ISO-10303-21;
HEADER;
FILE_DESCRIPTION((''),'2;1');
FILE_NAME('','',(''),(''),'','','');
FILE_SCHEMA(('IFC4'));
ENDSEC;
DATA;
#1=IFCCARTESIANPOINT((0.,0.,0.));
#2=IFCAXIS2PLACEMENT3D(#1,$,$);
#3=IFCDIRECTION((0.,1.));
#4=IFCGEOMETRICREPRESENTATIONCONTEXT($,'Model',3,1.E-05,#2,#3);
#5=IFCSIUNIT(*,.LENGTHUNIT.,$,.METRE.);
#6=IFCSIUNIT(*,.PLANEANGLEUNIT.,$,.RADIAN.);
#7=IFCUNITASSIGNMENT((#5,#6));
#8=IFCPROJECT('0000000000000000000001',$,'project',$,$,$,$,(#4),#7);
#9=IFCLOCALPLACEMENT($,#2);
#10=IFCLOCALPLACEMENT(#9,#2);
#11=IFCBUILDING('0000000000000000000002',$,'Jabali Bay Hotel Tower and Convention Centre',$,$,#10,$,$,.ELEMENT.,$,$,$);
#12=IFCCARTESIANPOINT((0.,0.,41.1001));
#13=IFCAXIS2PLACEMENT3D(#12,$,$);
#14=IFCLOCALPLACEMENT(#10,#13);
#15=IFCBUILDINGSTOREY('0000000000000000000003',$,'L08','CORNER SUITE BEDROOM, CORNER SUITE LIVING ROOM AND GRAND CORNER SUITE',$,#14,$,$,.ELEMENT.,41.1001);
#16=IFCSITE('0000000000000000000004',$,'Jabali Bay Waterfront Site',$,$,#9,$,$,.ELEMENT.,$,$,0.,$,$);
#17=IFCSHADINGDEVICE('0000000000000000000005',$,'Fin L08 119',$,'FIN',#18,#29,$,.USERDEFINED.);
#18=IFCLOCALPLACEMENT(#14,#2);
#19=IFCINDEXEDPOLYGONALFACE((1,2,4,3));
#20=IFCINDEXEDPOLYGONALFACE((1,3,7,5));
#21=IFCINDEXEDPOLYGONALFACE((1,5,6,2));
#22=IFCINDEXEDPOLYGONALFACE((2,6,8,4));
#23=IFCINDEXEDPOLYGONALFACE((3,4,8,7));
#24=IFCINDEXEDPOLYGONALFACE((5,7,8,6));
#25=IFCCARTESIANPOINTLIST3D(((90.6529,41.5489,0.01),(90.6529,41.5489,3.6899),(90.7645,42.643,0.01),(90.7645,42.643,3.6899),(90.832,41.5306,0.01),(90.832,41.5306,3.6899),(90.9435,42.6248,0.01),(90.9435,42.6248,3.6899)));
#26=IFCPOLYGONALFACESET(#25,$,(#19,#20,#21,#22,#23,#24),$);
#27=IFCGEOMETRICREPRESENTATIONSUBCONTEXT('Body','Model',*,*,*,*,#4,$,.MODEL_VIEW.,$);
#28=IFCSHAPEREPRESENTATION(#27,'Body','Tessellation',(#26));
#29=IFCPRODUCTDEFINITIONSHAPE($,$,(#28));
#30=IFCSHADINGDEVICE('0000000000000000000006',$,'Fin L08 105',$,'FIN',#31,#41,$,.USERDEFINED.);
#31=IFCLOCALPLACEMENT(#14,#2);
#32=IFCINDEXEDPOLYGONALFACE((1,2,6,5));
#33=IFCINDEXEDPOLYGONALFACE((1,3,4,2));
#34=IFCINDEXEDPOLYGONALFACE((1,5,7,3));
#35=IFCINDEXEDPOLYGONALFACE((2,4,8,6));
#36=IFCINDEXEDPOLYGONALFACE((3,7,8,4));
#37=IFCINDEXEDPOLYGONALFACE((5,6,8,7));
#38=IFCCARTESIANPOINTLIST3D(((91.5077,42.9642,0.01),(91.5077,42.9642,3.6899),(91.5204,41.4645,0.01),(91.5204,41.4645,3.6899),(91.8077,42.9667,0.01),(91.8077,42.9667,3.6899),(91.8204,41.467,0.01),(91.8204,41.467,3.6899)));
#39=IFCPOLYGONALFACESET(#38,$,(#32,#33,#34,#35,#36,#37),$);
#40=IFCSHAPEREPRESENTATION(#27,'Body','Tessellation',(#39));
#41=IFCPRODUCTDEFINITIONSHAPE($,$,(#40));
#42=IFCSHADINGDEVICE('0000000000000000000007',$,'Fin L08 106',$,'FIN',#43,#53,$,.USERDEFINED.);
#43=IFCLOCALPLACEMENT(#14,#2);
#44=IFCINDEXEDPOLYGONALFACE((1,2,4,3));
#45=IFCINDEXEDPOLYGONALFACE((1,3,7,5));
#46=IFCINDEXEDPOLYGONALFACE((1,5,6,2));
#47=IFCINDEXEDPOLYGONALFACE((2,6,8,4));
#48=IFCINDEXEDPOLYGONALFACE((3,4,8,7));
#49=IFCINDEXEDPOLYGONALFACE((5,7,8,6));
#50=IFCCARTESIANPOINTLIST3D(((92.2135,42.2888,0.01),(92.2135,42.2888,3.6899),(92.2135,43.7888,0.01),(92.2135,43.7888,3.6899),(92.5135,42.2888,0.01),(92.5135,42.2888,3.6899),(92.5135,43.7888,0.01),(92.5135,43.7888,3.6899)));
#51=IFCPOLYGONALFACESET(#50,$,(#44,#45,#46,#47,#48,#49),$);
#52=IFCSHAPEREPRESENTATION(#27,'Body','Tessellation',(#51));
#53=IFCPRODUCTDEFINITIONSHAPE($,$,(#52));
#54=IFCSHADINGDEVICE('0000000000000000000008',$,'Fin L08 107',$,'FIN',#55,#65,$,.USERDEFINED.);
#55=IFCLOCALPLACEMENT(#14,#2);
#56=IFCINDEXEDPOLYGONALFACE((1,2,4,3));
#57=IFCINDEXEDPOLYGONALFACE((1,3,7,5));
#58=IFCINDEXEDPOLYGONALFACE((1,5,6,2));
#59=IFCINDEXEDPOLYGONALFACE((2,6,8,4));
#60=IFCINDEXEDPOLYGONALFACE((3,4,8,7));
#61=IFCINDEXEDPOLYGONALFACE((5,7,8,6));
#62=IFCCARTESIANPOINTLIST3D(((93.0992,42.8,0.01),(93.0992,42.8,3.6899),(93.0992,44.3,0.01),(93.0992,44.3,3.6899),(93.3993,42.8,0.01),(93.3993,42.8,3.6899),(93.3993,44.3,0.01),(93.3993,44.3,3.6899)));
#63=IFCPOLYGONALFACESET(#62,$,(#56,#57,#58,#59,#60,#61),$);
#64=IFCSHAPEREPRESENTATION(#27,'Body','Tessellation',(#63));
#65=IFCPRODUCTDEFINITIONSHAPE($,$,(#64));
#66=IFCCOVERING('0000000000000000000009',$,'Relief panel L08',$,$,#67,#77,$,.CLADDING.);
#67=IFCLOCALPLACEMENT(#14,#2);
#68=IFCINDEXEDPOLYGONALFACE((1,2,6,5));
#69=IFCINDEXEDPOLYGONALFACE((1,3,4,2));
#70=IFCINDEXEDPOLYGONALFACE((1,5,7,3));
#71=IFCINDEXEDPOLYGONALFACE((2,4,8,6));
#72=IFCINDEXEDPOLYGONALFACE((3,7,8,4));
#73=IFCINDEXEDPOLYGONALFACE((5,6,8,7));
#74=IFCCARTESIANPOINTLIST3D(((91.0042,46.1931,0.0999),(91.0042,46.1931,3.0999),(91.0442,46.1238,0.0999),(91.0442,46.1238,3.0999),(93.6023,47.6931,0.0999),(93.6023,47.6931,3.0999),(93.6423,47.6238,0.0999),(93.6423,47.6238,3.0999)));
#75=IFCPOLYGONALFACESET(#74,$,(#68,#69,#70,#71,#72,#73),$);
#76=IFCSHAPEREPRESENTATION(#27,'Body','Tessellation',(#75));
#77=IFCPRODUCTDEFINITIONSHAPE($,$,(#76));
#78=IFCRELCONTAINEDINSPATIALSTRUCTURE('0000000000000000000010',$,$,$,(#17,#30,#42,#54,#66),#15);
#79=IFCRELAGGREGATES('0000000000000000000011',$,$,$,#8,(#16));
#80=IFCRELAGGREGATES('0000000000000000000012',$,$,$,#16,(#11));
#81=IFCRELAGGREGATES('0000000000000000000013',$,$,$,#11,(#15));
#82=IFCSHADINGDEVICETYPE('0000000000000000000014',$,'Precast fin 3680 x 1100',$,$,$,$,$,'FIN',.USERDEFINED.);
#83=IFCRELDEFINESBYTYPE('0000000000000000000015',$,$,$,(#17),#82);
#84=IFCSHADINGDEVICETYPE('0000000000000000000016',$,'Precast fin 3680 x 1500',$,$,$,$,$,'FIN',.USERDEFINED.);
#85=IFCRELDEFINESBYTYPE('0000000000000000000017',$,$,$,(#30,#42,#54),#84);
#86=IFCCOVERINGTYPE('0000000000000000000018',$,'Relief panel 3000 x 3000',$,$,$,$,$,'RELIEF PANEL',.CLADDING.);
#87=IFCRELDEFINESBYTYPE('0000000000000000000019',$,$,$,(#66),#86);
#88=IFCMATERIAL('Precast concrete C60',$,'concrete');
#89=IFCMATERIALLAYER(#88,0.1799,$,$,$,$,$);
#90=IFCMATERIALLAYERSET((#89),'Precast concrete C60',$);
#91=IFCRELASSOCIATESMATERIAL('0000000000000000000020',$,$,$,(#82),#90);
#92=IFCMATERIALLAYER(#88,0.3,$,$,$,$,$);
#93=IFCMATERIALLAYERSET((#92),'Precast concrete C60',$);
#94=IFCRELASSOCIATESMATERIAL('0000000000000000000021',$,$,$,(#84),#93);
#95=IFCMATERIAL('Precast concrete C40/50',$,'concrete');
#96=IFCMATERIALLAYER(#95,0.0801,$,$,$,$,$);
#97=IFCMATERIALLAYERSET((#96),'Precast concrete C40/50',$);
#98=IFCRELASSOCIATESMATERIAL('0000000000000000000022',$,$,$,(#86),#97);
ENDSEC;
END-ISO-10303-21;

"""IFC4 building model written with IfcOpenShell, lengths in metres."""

from ifc_helpers import new_model, si_unit, direction, frame, frame_2d, origin, origin_2d, place, context, subcontext, project, spatial, rectangle, extrude, material, layer, layer_set, type_object, element, save


model = new_model("IFC4")

# Units and contexts
model_context = context("Model", 3, precision=1e-05, world=origin(), true_north=direction((0.0, 1.0)))
body_context = subcontext(model_context, "Body", "Model", "MODEL_VIEW")
ifc_project = project(units=[si_unit("LENGTHUNIT", "METRE"), si_unit("PLANEANGLEUNIT", "RADIAN")], contexts=[model_context])

# Site, building, storey
site_placement = place(None, origin())
site = spatial("IfcSite", under=ifc_project, at=site_placement, Name="Jabali Bay Waterfront Site", CompositionType="ELEMENT", RefElevation=0.0)
building_placement = place(site_placement, origin())
building = spatial("IfcBuilding", under=site, at=building_placement, Name="Jabali Bay Hotel Tower and Convention Centre", CompositionType="ELEMENT")
storey_placement = place(building_placement, frame((0.0, 0.0, 41.1001)))
storey = spatial("IfcBuildingStorey", under=building, at=storey_placement, Name="L08", Description="CORNER SUITE BEDROOM, CORNER SUITE LIVING ROOM AND GRAND CORNER SUITE", CompositionType="ELEMENT", Elevation=41.1001)

# Shading devices
ifc_material_1 = material(Name="Precast concrete C60", Category="concrete")
ifc_layer_1 = layer(ifc_material_1, 0.1799)
ifc_layer_set_1 = layer_set([ifc_layer_1], Name="Precast concrete C60")
shading_device_type_1 = type_object("IfcShadingDeviceType", Name="Precast fin 3680 x 1100", ElementType="FIN", PredefinedType="USERDEFINED", material=ifc_layer_set_1)
shading_device_1_placement = place(storey_placement, frame((90.854, 42.6338, 0.01), z_axis=(0.0, 0.0, 1.0), x_axis=(-0.101437, -0.994842, 0.0)))
element("IfcShadingDevice", 1, at=shading_device_1_placement, inside=storey, type_object=shading_device_type_1, Name="Fin L08 119", ObjectType="FIN", PredefinedType="USERDEFINED", context=body_context, shape_type="SweptSolid", body=[
    extrude(rectangle(XDim=1.0999, YDim=0.1799, at=frame_2d((0.5498, 0.0))), origin(), (0.0, 0.0, 1.0), 3.6799),
])
ifc_layer_2 = layer(ifc_material_1, 0.3)
ifc_layer_set_2 = layer_set([ifc_layer_2], Name="Precast concrete C60")
shading_device_type_2 = type_object("IfcShadingDeviceType", Name="Precast fin 3680 x 1500", ElementType="FIN", PredefinedType="USERDEFINED", material=ifc_layer_set_2)
shading_device_2_placement = place(storey_placement, frame((91.6577, 42.9656, 0.01), z_axis=(0.0, 0.0, 1.0), x_axis=(0.008465, -0.999964, 0.0)))
element("IfcShadingDevice", 2, at=shading_device_2_placement, inside=storey, type_object=shading_device_type_2, Name="Fin L08 105", ObjectType="FIN", PredefinedType="USERDEFINED", context=body_context, shape_type="SweptSolid", body=[
    extrude(rectangle(XDim=1.4998, YDim=0.3, at=frame_2d((0.75, 0.0))), origin(), (0.0, 0.0, 1.0), 3.6799),
])
for number, where, z_axis, x_axis, name in (
    (3, (92.3635, 43.7888, 0.01), (0.0, 0.0, 1.0), (0.0, -1.0, 0.0), "Fin L08 106"),
    (4, (93.2493, 44.3, 0.01), (0.0, 0.0, 1.0), (0.0, -1.0, 0.0), "Fin L08 107"),
):
    element("IfcShadingDevice", number, at=place(storey_placement, frame(where, z_axis=z_axis, x_axis=x_axis)), inside=storey, type_object=shading_device_type_2, Name=name, ObjectType="FIN", PredefinedType="USERDEFINED", context=body_context, shape_type="SweptSolid", body=[
        extrude(rectangle(XDim=1.5, YDim=0.3, at=frame_2d((0.75, 0.0))), origin(), (0.0, 0.0, 1.0), 3.6799),
    ])

# Covering
ifc_material_2 = material(Name="Precast concrete C40/50", Category="concrete")
ifc_layer_3 = layer(ifc_material_2, 0.0801)
ifc_layer_set_3 = layer_set([ifc_layer_3], Name="Precast concrete C40/50")
covering_type = type_object("IfcCoveringType", Name="Relief panel 3000 x 3000", ElementType="RELIEF PANEL", PredefinedType="CLADDING", material=ifc_layer_set_3)
covering_placement = place(storey_placement, frame((92.3232, 46.9084, 0.0999), z_axis=(0.0, 0.0, 1.0), x_axis=(-0.866025, -0.5, 0.0)))
element("IfcCovering", 5, at=covering_placement, inside=storey, type_object=covering_type, Name="Relief panel L08", PredefinedType="CLADDING", context=body_context, shape_type="SweptSolid", body=[
    extrude(rectangle(XDim=3.0, YDim=0.0801, at=origin_2d()), origin(), (0.0, 0.0, 1.0), 3.0),
])

save(model, "model.ifc")
